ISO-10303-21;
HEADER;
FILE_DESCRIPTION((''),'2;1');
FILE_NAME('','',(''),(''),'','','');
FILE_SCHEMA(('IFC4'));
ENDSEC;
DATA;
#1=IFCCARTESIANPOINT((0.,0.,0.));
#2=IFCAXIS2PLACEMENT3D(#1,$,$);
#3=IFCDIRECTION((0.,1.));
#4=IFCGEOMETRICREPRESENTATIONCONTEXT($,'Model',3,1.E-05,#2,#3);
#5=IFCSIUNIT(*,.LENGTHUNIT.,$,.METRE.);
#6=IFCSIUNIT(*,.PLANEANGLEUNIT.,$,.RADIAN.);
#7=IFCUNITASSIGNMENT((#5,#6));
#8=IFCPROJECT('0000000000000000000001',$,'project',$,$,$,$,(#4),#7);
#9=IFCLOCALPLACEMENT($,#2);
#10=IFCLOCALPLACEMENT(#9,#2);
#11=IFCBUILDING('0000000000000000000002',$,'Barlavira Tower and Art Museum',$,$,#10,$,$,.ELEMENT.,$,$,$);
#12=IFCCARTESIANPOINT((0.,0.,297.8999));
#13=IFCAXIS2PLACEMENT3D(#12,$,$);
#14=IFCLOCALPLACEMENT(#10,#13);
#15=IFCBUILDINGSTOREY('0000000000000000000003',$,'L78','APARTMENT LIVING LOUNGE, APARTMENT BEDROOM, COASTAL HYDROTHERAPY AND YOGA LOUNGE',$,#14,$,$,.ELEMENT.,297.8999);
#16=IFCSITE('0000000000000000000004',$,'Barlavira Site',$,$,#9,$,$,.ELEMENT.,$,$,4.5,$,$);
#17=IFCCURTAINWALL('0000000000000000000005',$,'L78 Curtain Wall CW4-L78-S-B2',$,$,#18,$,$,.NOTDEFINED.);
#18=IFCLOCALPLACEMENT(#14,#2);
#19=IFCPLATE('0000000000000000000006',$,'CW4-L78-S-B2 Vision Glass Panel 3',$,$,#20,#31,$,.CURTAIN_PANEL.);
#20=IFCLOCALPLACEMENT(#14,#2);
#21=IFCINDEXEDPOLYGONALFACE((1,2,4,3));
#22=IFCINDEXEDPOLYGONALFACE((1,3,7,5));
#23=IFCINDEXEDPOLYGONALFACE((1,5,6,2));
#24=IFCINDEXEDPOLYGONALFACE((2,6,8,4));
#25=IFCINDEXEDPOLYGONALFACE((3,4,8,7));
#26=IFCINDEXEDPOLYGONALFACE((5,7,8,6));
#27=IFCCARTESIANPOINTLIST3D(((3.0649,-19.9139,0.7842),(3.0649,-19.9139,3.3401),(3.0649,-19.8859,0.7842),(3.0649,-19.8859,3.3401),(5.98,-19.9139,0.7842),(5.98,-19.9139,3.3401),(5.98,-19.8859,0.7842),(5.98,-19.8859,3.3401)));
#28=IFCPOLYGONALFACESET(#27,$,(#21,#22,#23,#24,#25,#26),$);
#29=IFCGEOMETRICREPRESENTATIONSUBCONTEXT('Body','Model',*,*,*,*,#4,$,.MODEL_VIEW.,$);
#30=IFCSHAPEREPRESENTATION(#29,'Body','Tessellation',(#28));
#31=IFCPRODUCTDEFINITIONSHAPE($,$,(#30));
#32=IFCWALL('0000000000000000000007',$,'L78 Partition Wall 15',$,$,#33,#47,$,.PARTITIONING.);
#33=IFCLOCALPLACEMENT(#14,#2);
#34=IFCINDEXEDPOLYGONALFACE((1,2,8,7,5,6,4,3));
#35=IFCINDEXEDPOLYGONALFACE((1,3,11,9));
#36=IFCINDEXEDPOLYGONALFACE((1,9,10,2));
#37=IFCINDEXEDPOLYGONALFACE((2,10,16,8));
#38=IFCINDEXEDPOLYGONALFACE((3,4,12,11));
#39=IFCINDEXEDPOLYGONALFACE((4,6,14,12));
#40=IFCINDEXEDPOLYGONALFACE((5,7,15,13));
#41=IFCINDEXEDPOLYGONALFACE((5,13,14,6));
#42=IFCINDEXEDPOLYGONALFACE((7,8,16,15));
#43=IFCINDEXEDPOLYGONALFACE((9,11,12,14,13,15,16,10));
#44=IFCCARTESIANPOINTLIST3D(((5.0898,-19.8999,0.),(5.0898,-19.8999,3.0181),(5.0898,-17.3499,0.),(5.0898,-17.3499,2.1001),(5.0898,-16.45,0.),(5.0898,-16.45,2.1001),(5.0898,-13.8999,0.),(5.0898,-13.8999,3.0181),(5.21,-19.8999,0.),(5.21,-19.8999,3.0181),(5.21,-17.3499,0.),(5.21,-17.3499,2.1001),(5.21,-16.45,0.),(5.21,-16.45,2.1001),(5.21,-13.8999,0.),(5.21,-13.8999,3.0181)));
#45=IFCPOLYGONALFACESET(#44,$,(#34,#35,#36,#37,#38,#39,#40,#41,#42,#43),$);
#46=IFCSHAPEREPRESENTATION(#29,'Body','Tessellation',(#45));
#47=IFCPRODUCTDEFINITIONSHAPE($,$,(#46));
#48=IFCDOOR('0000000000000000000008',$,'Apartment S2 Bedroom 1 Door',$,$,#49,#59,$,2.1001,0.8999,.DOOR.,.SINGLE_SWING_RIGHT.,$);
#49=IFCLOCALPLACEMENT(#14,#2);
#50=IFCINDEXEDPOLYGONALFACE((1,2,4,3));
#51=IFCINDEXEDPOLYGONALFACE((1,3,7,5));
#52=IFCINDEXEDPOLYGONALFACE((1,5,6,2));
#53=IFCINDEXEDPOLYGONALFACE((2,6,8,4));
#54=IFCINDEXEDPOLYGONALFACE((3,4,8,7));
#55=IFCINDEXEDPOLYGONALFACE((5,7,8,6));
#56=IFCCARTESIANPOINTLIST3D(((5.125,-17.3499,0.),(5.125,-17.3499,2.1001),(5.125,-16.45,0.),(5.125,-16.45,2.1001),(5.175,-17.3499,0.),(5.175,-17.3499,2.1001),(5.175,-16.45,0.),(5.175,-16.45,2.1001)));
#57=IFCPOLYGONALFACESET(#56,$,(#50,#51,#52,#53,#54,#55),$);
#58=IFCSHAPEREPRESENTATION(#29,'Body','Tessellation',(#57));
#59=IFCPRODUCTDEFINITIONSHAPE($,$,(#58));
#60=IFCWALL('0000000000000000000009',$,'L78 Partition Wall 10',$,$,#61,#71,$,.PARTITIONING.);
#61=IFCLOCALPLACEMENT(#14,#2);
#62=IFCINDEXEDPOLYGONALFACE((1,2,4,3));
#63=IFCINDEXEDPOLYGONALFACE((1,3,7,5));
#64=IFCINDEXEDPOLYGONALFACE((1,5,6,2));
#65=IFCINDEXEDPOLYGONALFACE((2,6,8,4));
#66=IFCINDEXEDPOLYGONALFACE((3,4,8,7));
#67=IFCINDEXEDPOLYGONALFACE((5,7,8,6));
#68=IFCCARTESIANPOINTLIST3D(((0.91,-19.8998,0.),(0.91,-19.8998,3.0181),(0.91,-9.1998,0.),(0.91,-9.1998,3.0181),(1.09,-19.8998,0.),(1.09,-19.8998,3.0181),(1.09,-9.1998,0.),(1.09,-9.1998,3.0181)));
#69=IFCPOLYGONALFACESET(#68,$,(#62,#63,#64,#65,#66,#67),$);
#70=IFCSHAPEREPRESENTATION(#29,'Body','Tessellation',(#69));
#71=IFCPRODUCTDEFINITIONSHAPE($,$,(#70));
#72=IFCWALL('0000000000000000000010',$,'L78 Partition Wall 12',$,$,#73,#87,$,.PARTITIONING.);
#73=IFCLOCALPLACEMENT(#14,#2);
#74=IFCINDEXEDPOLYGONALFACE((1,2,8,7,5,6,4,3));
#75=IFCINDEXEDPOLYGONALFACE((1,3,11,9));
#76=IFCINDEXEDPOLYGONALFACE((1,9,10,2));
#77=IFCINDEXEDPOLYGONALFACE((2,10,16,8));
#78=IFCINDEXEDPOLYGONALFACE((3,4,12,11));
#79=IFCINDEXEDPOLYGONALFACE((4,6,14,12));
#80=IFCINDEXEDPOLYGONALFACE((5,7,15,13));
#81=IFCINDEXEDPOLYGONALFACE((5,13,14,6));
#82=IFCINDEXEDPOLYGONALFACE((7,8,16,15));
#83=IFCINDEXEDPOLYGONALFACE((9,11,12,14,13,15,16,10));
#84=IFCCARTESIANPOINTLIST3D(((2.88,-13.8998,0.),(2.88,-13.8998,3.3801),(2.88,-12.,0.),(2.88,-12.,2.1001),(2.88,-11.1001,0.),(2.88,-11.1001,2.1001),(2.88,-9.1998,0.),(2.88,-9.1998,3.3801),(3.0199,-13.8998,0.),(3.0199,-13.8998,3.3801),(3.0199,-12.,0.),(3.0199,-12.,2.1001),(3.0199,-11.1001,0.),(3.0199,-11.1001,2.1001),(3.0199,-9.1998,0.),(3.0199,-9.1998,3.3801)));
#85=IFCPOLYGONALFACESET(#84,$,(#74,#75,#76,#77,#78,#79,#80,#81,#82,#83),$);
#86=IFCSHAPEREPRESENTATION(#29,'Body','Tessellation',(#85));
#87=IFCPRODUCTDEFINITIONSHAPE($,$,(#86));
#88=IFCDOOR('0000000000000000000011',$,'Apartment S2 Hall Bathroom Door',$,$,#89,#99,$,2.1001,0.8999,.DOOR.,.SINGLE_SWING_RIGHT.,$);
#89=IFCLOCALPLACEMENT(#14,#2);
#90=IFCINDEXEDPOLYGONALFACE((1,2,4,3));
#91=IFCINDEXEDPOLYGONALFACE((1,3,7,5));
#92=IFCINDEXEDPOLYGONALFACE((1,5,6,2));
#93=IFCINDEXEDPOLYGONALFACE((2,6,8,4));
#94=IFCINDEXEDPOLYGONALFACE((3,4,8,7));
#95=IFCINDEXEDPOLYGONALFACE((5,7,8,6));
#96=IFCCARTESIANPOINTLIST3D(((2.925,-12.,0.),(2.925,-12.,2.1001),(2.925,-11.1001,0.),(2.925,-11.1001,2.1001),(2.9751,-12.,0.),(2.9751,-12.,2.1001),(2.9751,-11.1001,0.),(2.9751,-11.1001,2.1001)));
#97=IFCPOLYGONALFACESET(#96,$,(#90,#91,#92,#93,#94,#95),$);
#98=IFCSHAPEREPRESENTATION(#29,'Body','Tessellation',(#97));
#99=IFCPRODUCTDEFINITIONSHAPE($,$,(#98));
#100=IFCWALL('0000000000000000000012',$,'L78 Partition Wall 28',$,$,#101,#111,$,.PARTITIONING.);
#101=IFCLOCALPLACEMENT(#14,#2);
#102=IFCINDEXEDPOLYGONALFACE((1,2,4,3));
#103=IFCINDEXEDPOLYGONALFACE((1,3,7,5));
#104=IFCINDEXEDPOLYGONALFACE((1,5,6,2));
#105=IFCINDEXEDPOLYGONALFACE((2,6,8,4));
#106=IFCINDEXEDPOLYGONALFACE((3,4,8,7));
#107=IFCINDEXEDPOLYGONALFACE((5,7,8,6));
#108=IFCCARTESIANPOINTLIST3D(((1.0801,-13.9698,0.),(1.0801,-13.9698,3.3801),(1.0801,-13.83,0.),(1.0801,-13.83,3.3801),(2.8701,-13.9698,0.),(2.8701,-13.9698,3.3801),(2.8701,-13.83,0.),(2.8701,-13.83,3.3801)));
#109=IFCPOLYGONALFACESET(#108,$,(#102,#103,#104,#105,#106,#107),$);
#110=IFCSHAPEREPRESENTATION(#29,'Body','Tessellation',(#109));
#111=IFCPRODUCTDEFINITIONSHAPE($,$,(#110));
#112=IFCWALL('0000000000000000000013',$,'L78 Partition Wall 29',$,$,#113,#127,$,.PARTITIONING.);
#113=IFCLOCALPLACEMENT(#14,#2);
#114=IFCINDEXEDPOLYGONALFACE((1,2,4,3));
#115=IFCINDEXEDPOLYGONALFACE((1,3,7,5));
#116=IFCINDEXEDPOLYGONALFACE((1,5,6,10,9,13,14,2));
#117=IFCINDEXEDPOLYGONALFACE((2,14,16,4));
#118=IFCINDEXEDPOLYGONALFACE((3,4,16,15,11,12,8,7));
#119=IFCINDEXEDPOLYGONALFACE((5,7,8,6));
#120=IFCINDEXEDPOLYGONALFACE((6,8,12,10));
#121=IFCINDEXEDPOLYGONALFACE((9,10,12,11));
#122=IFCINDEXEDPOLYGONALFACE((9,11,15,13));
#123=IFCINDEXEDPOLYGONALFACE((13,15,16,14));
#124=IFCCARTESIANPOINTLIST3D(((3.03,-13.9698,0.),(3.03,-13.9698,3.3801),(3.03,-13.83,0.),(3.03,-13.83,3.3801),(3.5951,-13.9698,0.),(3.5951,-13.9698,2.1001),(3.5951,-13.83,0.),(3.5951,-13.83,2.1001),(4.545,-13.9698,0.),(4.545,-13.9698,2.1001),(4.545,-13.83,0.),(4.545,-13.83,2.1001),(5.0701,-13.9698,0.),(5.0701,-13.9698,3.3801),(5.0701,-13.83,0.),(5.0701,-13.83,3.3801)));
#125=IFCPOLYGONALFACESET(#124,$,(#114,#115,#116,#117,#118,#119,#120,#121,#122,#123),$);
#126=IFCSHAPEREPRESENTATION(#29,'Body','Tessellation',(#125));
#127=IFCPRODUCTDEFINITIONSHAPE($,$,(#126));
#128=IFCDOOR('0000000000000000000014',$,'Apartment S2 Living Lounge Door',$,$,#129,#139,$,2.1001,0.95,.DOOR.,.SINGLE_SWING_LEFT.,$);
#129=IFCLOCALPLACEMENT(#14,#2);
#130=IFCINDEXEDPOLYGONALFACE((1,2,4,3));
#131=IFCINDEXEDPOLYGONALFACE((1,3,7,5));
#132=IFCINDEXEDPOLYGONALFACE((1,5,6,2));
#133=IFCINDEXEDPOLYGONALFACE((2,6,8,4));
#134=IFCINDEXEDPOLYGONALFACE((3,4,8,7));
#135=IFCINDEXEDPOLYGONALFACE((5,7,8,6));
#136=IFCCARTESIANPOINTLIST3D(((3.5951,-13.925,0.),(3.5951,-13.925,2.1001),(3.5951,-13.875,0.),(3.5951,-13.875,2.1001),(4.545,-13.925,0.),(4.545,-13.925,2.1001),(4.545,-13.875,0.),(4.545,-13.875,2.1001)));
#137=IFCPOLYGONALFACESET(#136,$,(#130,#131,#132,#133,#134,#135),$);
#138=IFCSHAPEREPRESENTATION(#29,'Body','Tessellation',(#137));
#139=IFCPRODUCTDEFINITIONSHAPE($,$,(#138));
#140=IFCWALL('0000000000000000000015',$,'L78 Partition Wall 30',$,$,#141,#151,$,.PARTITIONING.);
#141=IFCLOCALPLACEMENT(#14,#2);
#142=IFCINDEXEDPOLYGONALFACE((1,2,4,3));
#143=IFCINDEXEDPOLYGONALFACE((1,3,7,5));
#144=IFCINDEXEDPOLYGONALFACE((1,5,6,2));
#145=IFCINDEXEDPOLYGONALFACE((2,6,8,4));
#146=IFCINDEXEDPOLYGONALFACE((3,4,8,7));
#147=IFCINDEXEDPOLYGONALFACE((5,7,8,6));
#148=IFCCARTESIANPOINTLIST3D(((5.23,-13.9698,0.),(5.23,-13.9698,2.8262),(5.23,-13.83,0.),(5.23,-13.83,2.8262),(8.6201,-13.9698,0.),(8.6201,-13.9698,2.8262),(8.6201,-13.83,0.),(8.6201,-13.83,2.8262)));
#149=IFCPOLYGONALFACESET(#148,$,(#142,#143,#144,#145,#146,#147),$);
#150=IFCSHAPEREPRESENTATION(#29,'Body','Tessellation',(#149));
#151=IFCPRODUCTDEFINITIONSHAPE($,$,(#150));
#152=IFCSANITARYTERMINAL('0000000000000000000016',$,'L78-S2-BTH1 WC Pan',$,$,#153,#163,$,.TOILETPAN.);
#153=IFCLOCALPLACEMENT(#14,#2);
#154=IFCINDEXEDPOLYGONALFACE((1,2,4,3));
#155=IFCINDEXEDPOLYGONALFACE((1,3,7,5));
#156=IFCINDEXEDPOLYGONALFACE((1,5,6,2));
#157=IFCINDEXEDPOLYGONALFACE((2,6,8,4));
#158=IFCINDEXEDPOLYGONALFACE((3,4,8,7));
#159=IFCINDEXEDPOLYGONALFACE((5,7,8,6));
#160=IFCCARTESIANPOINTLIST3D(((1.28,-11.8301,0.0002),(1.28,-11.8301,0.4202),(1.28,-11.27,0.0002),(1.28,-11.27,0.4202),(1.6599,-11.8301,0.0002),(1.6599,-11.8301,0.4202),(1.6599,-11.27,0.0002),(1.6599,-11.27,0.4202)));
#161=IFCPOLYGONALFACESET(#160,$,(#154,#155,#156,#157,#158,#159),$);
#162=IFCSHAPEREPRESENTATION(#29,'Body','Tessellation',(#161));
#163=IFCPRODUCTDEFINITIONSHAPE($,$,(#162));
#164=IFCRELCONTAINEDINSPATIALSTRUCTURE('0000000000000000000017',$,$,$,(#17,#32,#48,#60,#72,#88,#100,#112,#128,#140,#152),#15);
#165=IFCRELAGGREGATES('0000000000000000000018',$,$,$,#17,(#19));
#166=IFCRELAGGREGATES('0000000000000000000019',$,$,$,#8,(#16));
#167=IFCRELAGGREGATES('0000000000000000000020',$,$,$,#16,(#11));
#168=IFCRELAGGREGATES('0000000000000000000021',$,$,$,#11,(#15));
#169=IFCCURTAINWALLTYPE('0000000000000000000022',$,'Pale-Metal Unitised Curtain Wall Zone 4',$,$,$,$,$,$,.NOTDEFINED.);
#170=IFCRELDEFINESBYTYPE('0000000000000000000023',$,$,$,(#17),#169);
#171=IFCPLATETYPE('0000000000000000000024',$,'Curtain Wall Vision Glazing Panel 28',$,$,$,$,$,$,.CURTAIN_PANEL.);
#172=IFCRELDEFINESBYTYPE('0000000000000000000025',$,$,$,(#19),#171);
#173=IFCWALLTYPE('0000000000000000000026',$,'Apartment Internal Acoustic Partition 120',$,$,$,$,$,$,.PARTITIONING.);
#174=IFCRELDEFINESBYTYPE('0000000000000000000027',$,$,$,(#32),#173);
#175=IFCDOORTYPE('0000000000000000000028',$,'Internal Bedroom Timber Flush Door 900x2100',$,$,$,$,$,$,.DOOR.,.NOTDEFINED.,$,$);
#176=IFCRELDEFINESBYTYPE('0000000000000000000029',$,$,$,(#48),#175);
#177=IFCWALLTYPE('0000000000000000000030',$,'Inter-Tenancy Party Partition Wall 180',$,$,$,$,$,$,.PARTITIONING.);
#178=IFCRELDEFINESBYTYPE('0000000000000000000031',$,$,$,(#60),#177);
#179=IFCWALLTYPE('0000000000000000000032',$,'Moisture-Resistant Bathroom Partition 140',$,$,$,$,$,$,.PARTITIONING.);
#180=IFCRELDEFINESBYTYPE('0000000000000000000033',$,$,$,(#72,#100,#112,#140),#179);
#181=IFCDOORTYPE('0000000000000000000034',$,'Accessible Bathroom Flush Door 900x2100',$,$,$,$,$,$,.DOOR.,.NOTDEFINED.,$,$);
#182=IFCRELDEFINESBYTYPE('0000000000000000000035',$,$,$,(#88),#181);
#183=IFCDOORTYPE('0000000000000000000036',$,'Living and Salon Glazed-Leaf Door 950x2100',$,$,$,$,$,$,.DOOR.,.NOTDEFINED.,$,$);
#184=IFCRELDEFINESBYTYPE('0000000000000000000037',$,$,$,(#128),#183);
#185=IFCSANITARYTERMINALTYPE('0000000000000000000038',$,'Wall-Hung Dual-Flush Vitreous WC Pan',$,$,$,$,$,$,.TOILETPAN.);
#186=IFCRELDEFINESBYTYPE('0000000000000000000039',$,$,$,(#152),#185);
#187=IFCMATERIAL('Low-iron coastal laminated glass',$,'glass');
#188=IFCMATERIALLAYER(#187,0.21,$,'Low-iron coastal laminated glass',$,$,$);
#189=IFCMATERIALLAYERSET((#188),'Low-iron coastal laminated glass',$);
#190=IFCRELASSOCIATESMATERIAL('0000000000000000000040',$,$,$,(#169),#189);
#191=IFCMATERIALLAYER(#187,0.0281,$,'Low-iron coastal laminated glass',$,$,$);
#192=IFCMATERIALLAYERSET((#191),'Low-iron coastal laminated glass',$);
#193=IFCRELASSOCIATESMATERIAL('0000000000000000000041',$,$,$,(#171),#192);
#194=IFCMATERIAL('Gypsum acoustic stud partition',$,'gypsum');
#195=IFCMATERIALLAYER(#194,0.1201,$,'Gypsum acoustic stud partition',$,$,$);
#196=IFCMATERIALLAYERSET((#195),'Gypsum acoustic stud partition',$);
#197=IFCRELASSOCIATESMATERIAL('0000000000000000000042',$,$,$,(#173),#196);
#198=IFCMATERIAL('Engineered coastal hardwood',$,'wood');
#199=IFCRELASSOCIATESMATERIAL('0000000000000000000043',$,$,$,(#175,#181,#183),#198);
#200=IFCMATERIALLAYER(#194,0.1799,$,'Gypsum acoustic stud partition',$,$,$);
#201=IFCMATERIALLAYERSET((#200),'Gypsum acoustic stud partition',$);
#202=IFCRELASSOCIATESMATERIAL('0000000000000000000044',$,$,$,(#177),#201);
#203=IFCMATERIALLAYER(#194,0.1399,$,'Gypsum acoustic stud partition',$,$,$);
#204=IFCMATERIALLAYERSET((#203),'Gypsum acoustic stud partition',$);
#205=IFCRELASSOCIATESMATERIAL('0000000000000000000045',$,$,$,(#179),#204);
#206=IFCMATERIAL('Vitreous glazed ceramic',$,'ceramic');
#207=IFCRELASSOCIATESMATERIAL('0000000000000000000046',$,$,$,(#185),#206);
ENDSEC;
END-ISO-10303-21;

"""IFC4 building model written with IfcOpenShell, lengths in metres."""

from ifc_helpers import new_model, si_unit, direction, frame, frame_2d, origin, origin_2d, place, context, subcontext, project, spatial, rectangle, extrude, material, layer, layer_set, type_object, element, fill, aggregate, save


model = new_model("IFC4")

# Units and contexts
model_context = context("Model", 3, precision=1e-05, world=origin(), true_north=direction((0.0, 1.0)))
body_context = subcontext(model_context, "Body", "Model", "MODEL_VIEW")
ifc_project = project(units=[si_unit("LENGTHUNIT", "METRE"), si_unit("PLANEANGLEUNIT", "RADIAN")], contexts=[model_context])

# Site, building, storey
site_placement = place(None, origin())
site = spatial("IfcSite", under=ifc_project, at=site_placement, Name="Barlavira Site", CompositionType="ELEMENT", RefElevation=4.5)
building_placement = place(site_placement, origin())
building = spatial("IfcBuilding", under=site, at=building_placement, Name="Barlavira Tower and Art Museum", CompositionType="ELEMENT")
storey_placement = place(building_placement, frame((0.0, 0.0, 297.8999)))
storey = spatial("IfcBuildingStorey", under=building, at=storey_placement, Name="L78", Description="APARTMENT LIVING LOUNGE, APARTMENT BEDROOM, COASTAL HYDROTHERAPY AND YOGA LOUNGE", CompositionType="ELEMENT", Elevation=297.8999)

# Curtain wall, plate
ifc_material_1 = material(Name="Low-iron coastal laminated glass", Category="glass")
ifc_layer_1 = layer(ifc_material_1, 0.21, Name="Low-iron coastal laminated glass")
ifc_layer_set_1 = layer_set([ifc_layer_1], Name="Low-iron coastal laminated glass")
curtain_wall_type = type_object("IfcCurtainWallType", Name="Pale-Metal Unitised Curtain Wall Zone 4", PredefinedType="NOTDEFINED", material=ifc_layer_set_1)
curtain_wall_placement = place(storey_placement, origin())
curtain_wall = element("IfcCurtainWall", 1, at=curtain_wall_placement, inside=storey, type_object=curtain_wall_type, Name="L78 Curtain Wall CW4-L78-S-B2", PredefinedType="NOTDEFINED")
ifc_layer_2 = layer(ifc_material_1, 0.0281, Name="Low-iron coastal laminated glass")
ifc_layer_set_2 = layer_set([ifc_layer_2], Name="Low-iron coastal laminated glass")
plate_type_1 = type_object("IfcPlateType", Name="Curtain Wall Vision Glazing Panel 28", PredefinedType="CURTAIN_PANEL", material=ifc_layer_set_2)
plate_1_placement = place(storey_placement, frame((4.5225, -19.8999, 0.7842), z_axis=(0.0, 0.0, 1.0), x_axis=(1.0, 0.0, 0.0)))
plate_1 = element("IfcPlate", 2, at=plate_1_placement, type_object=plate_type_1, Name="CW4-L78-S-B2 Vision Glass Panel 3", PredefinedType="CURTAIN_PANEL", context=body_context, shape_type="SweptSolid", body=[
    extrude(rectangle(XDim=2.915, YDim=0.0281, at=origin_2d()), origin(), (0.0, 0.0, 1.0), 2.5559),
])
aggregate(curtain_wall, [plate_1])

# Wall, opening, door
ifc_material_2 = material(Name="Gypsum acoustic stud partition", Category="gypsum")
ifc_layer_3 = layer(ifc_material_2, 0.1201, Name="Gypsum acoustic stud partition")
ifc_layer_set_3 = layer_set([ifc_layer_3], Name="Gypsum acoustic stud partition")
wall_type_1 = type_object("IfcWallType", Name="Apartment Internal Acoustic Partition 120", PredefinedType="PARTITIONING", material=ifc_layer_set_3)
wall_1_placement = place(storey_placement, frame((5.1499, -19.8999, 0.0), z_axis=(0.0, 0.0, 1.0), x_axis=(0.0, 1.0, 0.0)))
wall_1 = element("IfcWall", 3, at=wall_1_placement, inside=storey, type_object=wall_type_1, Name="L78 Partition Wall 15", PredefinedType="PARTITIONING", context=body_context, shape_type="SweptSolid", body=[
    extrude(rectangle(XDim=6.0, YDim=0.1201, at=frame_2d((3.0, 0.0))), origin(), (0.0, 0.0, 1.0), 3.0181),
])
opening_1_placement = place(wall_1_placement, frame((2.55, 0.0, 0.0)))
opening_1 = element("IfcOpeningElement", 4, at=opening_1_placement, cuts=wall_1, PredefinedType="OPENING", context=body_context, shape_type="SweptSolid", body=[
    extrude(rectangle(XDim=0.8999, YDim=2.1001, at=frame_2d((0.45, 1.05))), frame((0.0, 0.0701, 0.0), z_axis=(0.0, -1.0, 0.0), x_axis=(1.0, 0.0, 0.0)), (0.0, 0.0, 1.0), 0.1401),
])
ifc_material_3 = material(Name="Engineered coastal hardwood", Category="wood")
door_type_1 = type_object("IfcDoorType", Name="Internal Bedroom Timber Flush Door 900x2100", OperationType="NOTDEFINED", PredefinedType="DOOR", material=ifc_material_3)
door_1_placement = place(opening_1_placement, origin())
door_1 = element("IfcDoor", 5, at=door_1_placement, inside=storey, type_object=door_type_1, Name="Apartment S2 Bedroom 1 Door", OperationType="SINGLE_SWING_RIGHT", OverallHeight=2.1001, OverallWidth=0.8999, PredefinedType="DOOR", context=body_context, shape_type="SweptSolid", body=[
    extrude(rectangle(XDim=0.8999, YDim=2.1001, at=frame_2d((0.45, 1.05))), frame((0.0, 0.0249, 0.0), z_axis=(0.0, -1.0, 0.0), x_axis=(1.0, 0.0, 0.0)), (0.0, 0.0, 1.0), 0.05),
])
fill(opening_1, door_1)

# Wall
ifc_layer_4 = layer(ifc_material_2, 0.1799, Name="Gypsum acoustic stud partition")
ifc_layer_set_4 = layer_set([ifc_layer_4], Name="Gypsum acoustic stud partition")
wall_type_2 = type_object("IfcWallType", Name="Inter-Tenancy Party Partition Wall 180", PredefinedType="PARTITIONING", material=ifc_layer_set_4)
wall_2_placement = place(storey_placement, frame((1.0, -19.8999, 0.0), z_axis=(0.0, 0.0, 1.0), x_axis=(0.0, 1.0, 0.0)))
element("IfcWall", 6, at=wall_2_placement, inside=storey, type_object=wall_type_2, Name="L78 Partition Wall 10", PredefinedType="PARTITIONING", context=body_context, shape_type="SweptSolid", body=[
    extrude(rectangle(XDim=10.7, YDim=0.1799, at=frame_2d((5.3501, 0.0))), origin(), (0.0, 0.0, 1.0), 3.0181),
])

# Wall, opening, door
ifc_layer_5 = layer(ifc_material_2, 0.1399, Name="Gypsum acoustic stud partition")
ifc_layer_set_5 = layer_set([ifc_layer_5], Name="Gypsum acoustic stud partition")
wall_type_3 = type_object("IfcWallType", Name="Moisture-Resistant Bathroom Partition 140", PredefinedType="PARTITIONING", material=ifc_layer_set_5)
wall_3_placement = place(storey_placement, frame((2.95, -13.8999, 0.0), z_axis=(0.0, 0.0, 1.0), x_axis=(0.0, 1.0, 0.0)))
wall_3 = element("IfcWall", 7, at=wall_3_placement, inside=storey, type_object=wall_type_3, Name="L78 Partition Wall 12", PredefinedType="PARTITIONING", context=body_context, shape_type="SweptSolid", body=[
    extrude(rectangle(XDim=4.7, YDim=0.1399, at=frame_2d((2.3501, 0.0))), origin(), (0.0, 0.0, 1.0), 3.3801),
])
opening_2_placement = place(wall_3_placement, frame((1.8999, 0.0, 0.0)))
opening_2 = element("IfcOpeningElement", 8, at=opening_2_placement, cuts=wall_3, PredefinedType="OPENING", context=body_context, shape_type="SweptSolid", body=[
    extrude(rectangle(XDim=0.8999, YDim=2.1001, at=frame_2d((0.45, 1.05))), frame((0.0, 0.0801, 0.0), z_axis=(0.0, -1.0, 0.0), x_axis=(1.0, 0.0, 0.0)), (0.0, 0.0, 1.0), 0.1599),
])
door_type_2 = type_object("IfcDoorType", Name="Accessible Bathroom Flush Door 900x2100", OperationType="NOTDEFINED", PredefinedType="DOOR", material=ifc_material_3)
door_2_placement = place(opening_2_placement, origin())
door_2 = element("IfcDoor", 9, at=door_2_placement, inside=storey, type_object=door_type_2, Name="Apartment S2 Hall Bathroom Door", OperationType="SINGLE_SWING_RIGHT", OverallHeight=2.1001, OverallWidth=0.8999, PredefinedType="DOOR", context=body_context, shape_type="SweptSolid", body=[
    extrude(rectangle(XDim=0.8999, YDim=2.1001, at=frame_2d((0.45, 1.05))), frame((0.0, 0.0249, 0.0), z_axis=(0.0, -1.0, 0.0), x_axis=(1.0, 0.0, 0.0)), (0.0, 0.0, 1.0), 0.05),
])
fill(opening_2, door_2)

# Wall
wall_4_placement = place(storey_placement, frame((1.0801, -13.8999, 0.0), z_axis=(0.0, 0.0, 1.0), x_axis=(1.0, 0.0, 0.0)))
element("IfcWall", 10, at=wall_4_placement, inside=storey, type_object=wall_type_3, Name="L78 Partition Wall 28", PredefinedType="PARTITIONING", context=body_context, shape_type="SweptSolid", body=[
    extrude(rectangle(XDim=1.79, YDim=0.1399, at=frame_2d((0.895, 0.0))), origin(), (0.0, 0.0, 1.0), 3.3801),
])

# Wall, opening, door
wall_5_placement = place(storey_placement, frame((3.03, -13.8999, 0.0), z_axis=(0.0, 0.0, 1.0), x_axis=(1.0, 0.0, 0.0)))
wall_5 = element("IfcWall", 11, at=wall_5_placement, inside=storey, type_object=wall_type_3, Name="L78 Partition Wall 29", PredefinedType="PARTITIONING", context=body_context, shape_type="SweptSolid", body=[
    extrude(rectangle(XDim=2.04, YDim=0.1399, at=frame_2d((1.02, 0.0))), origin(), (0.0, 0.0, 1.0), 3.3801),
])
opening_3_placement = place(wall_5_placement, frame((0.5649, 0.0, 0.0)))
opening_3 = element("IfcOpeningElement", 12, at=opening_3_placement, cuts=wall_5, PredefinedType="OPENING", context=body_context, shape_type="SweptSolid", body=[
    extrude(rectangle(XDim=0.95, YDim=2.1001, at=frame_2d((0.4751, 1.05))), frame((0.0, 0.0801, 0.0), z_axis=(0.0, -1.0, 0.0), x_axis=(1.0, 0.0, 0.0)), (0.0, 0.0, 1.0), 0.1599),
])
door_type_3 = type_object("IfcDoorType", Name="Living and Salon Glazed-Leaf Door 950x2100", OperationType="NOTDEFINED", PredefinedType="DOOR", material=ifc_material_3)
door_3_placement = place(opening_3_placement, origin())
door_3 = element("IfcDoor", 13, at=door_3_placement, inside=storey, type_object=door_type_3, Name="Apartment S2 Living Lounge Door", OperationType="SINGLE_SWING_LEFT", OverallHeight=2.1001, OverallWidth=0.95, PredefinedType="DOOR", context=body_context, shape_type="SweptSolid", body=[
    extrude(rectangle(XDim=0.95, YDim=2.1001, at=frame_2d((0.4751, 1.05))), frame((0.0, 0.0249, 0.0), z_axis=(0.0, -1.0, 0.0), x_axis=(1.0, 0.0, 0.0)), (0.0, 0.0, 1.0), 0.05),
])
fill(opening_3, door_3)

# Wall
wall_6_placement = place(storey_placement, frame((5.23, -13.8999, 0.0), z_axis=(0.0, 0.0, 1.0), x_axis=(1.0, 0.0, 0.0)))
element("IfcWall", 14, at=wall_6_placement, inside=storey, type_object=wall_type_3, Name="L78 Partition Wall 30", PredefinedType="PARTITIONING", context=body_context, shape_type="SweptSolid", body=[
    extrude(rectangle(XDim=3.3901, YDim=0.1399, at=frame_2d((1.6951, 0.0))), origin(), (0.0, 0.0, 1.0), 2.8262),
])

# Sanitary terminal
ifc_material_4 = material(Name="Vitreous glazed ceramic", Category="ceramic")
sanitary_terminal_type = type_object("IfcSanitaryTerminalType", Name="Wall-Hung Dual-Flush Vitreous WC Pan", PredefinedType="TOILETPAN", material=ifc_material_4)
sanitary_terminal_placement = place(storey_placement, frame((1.47, -11.55, 0.0002), z_axis=(0.0, 0.0, 1.0), x_axis=(1.0, 0.0, 0.0)))
element("IfcSanitaryTerminal", 15, at=sanitary_terminal_placement, inside=storey, type_object=sanitary_terminal_type, Name="L78-S2-BTH1 WC Pan", PredefinedType="TOILETPAN", context=body_context, shape_type="SweptSolid", body=[
    extrude(rectangle(XDim=0.3799, YDim=0.5601, at=origin_2d()), origin(), (0.0, 0.0, 1.0), 0.4199),
])

save(model, "model.ifc")
